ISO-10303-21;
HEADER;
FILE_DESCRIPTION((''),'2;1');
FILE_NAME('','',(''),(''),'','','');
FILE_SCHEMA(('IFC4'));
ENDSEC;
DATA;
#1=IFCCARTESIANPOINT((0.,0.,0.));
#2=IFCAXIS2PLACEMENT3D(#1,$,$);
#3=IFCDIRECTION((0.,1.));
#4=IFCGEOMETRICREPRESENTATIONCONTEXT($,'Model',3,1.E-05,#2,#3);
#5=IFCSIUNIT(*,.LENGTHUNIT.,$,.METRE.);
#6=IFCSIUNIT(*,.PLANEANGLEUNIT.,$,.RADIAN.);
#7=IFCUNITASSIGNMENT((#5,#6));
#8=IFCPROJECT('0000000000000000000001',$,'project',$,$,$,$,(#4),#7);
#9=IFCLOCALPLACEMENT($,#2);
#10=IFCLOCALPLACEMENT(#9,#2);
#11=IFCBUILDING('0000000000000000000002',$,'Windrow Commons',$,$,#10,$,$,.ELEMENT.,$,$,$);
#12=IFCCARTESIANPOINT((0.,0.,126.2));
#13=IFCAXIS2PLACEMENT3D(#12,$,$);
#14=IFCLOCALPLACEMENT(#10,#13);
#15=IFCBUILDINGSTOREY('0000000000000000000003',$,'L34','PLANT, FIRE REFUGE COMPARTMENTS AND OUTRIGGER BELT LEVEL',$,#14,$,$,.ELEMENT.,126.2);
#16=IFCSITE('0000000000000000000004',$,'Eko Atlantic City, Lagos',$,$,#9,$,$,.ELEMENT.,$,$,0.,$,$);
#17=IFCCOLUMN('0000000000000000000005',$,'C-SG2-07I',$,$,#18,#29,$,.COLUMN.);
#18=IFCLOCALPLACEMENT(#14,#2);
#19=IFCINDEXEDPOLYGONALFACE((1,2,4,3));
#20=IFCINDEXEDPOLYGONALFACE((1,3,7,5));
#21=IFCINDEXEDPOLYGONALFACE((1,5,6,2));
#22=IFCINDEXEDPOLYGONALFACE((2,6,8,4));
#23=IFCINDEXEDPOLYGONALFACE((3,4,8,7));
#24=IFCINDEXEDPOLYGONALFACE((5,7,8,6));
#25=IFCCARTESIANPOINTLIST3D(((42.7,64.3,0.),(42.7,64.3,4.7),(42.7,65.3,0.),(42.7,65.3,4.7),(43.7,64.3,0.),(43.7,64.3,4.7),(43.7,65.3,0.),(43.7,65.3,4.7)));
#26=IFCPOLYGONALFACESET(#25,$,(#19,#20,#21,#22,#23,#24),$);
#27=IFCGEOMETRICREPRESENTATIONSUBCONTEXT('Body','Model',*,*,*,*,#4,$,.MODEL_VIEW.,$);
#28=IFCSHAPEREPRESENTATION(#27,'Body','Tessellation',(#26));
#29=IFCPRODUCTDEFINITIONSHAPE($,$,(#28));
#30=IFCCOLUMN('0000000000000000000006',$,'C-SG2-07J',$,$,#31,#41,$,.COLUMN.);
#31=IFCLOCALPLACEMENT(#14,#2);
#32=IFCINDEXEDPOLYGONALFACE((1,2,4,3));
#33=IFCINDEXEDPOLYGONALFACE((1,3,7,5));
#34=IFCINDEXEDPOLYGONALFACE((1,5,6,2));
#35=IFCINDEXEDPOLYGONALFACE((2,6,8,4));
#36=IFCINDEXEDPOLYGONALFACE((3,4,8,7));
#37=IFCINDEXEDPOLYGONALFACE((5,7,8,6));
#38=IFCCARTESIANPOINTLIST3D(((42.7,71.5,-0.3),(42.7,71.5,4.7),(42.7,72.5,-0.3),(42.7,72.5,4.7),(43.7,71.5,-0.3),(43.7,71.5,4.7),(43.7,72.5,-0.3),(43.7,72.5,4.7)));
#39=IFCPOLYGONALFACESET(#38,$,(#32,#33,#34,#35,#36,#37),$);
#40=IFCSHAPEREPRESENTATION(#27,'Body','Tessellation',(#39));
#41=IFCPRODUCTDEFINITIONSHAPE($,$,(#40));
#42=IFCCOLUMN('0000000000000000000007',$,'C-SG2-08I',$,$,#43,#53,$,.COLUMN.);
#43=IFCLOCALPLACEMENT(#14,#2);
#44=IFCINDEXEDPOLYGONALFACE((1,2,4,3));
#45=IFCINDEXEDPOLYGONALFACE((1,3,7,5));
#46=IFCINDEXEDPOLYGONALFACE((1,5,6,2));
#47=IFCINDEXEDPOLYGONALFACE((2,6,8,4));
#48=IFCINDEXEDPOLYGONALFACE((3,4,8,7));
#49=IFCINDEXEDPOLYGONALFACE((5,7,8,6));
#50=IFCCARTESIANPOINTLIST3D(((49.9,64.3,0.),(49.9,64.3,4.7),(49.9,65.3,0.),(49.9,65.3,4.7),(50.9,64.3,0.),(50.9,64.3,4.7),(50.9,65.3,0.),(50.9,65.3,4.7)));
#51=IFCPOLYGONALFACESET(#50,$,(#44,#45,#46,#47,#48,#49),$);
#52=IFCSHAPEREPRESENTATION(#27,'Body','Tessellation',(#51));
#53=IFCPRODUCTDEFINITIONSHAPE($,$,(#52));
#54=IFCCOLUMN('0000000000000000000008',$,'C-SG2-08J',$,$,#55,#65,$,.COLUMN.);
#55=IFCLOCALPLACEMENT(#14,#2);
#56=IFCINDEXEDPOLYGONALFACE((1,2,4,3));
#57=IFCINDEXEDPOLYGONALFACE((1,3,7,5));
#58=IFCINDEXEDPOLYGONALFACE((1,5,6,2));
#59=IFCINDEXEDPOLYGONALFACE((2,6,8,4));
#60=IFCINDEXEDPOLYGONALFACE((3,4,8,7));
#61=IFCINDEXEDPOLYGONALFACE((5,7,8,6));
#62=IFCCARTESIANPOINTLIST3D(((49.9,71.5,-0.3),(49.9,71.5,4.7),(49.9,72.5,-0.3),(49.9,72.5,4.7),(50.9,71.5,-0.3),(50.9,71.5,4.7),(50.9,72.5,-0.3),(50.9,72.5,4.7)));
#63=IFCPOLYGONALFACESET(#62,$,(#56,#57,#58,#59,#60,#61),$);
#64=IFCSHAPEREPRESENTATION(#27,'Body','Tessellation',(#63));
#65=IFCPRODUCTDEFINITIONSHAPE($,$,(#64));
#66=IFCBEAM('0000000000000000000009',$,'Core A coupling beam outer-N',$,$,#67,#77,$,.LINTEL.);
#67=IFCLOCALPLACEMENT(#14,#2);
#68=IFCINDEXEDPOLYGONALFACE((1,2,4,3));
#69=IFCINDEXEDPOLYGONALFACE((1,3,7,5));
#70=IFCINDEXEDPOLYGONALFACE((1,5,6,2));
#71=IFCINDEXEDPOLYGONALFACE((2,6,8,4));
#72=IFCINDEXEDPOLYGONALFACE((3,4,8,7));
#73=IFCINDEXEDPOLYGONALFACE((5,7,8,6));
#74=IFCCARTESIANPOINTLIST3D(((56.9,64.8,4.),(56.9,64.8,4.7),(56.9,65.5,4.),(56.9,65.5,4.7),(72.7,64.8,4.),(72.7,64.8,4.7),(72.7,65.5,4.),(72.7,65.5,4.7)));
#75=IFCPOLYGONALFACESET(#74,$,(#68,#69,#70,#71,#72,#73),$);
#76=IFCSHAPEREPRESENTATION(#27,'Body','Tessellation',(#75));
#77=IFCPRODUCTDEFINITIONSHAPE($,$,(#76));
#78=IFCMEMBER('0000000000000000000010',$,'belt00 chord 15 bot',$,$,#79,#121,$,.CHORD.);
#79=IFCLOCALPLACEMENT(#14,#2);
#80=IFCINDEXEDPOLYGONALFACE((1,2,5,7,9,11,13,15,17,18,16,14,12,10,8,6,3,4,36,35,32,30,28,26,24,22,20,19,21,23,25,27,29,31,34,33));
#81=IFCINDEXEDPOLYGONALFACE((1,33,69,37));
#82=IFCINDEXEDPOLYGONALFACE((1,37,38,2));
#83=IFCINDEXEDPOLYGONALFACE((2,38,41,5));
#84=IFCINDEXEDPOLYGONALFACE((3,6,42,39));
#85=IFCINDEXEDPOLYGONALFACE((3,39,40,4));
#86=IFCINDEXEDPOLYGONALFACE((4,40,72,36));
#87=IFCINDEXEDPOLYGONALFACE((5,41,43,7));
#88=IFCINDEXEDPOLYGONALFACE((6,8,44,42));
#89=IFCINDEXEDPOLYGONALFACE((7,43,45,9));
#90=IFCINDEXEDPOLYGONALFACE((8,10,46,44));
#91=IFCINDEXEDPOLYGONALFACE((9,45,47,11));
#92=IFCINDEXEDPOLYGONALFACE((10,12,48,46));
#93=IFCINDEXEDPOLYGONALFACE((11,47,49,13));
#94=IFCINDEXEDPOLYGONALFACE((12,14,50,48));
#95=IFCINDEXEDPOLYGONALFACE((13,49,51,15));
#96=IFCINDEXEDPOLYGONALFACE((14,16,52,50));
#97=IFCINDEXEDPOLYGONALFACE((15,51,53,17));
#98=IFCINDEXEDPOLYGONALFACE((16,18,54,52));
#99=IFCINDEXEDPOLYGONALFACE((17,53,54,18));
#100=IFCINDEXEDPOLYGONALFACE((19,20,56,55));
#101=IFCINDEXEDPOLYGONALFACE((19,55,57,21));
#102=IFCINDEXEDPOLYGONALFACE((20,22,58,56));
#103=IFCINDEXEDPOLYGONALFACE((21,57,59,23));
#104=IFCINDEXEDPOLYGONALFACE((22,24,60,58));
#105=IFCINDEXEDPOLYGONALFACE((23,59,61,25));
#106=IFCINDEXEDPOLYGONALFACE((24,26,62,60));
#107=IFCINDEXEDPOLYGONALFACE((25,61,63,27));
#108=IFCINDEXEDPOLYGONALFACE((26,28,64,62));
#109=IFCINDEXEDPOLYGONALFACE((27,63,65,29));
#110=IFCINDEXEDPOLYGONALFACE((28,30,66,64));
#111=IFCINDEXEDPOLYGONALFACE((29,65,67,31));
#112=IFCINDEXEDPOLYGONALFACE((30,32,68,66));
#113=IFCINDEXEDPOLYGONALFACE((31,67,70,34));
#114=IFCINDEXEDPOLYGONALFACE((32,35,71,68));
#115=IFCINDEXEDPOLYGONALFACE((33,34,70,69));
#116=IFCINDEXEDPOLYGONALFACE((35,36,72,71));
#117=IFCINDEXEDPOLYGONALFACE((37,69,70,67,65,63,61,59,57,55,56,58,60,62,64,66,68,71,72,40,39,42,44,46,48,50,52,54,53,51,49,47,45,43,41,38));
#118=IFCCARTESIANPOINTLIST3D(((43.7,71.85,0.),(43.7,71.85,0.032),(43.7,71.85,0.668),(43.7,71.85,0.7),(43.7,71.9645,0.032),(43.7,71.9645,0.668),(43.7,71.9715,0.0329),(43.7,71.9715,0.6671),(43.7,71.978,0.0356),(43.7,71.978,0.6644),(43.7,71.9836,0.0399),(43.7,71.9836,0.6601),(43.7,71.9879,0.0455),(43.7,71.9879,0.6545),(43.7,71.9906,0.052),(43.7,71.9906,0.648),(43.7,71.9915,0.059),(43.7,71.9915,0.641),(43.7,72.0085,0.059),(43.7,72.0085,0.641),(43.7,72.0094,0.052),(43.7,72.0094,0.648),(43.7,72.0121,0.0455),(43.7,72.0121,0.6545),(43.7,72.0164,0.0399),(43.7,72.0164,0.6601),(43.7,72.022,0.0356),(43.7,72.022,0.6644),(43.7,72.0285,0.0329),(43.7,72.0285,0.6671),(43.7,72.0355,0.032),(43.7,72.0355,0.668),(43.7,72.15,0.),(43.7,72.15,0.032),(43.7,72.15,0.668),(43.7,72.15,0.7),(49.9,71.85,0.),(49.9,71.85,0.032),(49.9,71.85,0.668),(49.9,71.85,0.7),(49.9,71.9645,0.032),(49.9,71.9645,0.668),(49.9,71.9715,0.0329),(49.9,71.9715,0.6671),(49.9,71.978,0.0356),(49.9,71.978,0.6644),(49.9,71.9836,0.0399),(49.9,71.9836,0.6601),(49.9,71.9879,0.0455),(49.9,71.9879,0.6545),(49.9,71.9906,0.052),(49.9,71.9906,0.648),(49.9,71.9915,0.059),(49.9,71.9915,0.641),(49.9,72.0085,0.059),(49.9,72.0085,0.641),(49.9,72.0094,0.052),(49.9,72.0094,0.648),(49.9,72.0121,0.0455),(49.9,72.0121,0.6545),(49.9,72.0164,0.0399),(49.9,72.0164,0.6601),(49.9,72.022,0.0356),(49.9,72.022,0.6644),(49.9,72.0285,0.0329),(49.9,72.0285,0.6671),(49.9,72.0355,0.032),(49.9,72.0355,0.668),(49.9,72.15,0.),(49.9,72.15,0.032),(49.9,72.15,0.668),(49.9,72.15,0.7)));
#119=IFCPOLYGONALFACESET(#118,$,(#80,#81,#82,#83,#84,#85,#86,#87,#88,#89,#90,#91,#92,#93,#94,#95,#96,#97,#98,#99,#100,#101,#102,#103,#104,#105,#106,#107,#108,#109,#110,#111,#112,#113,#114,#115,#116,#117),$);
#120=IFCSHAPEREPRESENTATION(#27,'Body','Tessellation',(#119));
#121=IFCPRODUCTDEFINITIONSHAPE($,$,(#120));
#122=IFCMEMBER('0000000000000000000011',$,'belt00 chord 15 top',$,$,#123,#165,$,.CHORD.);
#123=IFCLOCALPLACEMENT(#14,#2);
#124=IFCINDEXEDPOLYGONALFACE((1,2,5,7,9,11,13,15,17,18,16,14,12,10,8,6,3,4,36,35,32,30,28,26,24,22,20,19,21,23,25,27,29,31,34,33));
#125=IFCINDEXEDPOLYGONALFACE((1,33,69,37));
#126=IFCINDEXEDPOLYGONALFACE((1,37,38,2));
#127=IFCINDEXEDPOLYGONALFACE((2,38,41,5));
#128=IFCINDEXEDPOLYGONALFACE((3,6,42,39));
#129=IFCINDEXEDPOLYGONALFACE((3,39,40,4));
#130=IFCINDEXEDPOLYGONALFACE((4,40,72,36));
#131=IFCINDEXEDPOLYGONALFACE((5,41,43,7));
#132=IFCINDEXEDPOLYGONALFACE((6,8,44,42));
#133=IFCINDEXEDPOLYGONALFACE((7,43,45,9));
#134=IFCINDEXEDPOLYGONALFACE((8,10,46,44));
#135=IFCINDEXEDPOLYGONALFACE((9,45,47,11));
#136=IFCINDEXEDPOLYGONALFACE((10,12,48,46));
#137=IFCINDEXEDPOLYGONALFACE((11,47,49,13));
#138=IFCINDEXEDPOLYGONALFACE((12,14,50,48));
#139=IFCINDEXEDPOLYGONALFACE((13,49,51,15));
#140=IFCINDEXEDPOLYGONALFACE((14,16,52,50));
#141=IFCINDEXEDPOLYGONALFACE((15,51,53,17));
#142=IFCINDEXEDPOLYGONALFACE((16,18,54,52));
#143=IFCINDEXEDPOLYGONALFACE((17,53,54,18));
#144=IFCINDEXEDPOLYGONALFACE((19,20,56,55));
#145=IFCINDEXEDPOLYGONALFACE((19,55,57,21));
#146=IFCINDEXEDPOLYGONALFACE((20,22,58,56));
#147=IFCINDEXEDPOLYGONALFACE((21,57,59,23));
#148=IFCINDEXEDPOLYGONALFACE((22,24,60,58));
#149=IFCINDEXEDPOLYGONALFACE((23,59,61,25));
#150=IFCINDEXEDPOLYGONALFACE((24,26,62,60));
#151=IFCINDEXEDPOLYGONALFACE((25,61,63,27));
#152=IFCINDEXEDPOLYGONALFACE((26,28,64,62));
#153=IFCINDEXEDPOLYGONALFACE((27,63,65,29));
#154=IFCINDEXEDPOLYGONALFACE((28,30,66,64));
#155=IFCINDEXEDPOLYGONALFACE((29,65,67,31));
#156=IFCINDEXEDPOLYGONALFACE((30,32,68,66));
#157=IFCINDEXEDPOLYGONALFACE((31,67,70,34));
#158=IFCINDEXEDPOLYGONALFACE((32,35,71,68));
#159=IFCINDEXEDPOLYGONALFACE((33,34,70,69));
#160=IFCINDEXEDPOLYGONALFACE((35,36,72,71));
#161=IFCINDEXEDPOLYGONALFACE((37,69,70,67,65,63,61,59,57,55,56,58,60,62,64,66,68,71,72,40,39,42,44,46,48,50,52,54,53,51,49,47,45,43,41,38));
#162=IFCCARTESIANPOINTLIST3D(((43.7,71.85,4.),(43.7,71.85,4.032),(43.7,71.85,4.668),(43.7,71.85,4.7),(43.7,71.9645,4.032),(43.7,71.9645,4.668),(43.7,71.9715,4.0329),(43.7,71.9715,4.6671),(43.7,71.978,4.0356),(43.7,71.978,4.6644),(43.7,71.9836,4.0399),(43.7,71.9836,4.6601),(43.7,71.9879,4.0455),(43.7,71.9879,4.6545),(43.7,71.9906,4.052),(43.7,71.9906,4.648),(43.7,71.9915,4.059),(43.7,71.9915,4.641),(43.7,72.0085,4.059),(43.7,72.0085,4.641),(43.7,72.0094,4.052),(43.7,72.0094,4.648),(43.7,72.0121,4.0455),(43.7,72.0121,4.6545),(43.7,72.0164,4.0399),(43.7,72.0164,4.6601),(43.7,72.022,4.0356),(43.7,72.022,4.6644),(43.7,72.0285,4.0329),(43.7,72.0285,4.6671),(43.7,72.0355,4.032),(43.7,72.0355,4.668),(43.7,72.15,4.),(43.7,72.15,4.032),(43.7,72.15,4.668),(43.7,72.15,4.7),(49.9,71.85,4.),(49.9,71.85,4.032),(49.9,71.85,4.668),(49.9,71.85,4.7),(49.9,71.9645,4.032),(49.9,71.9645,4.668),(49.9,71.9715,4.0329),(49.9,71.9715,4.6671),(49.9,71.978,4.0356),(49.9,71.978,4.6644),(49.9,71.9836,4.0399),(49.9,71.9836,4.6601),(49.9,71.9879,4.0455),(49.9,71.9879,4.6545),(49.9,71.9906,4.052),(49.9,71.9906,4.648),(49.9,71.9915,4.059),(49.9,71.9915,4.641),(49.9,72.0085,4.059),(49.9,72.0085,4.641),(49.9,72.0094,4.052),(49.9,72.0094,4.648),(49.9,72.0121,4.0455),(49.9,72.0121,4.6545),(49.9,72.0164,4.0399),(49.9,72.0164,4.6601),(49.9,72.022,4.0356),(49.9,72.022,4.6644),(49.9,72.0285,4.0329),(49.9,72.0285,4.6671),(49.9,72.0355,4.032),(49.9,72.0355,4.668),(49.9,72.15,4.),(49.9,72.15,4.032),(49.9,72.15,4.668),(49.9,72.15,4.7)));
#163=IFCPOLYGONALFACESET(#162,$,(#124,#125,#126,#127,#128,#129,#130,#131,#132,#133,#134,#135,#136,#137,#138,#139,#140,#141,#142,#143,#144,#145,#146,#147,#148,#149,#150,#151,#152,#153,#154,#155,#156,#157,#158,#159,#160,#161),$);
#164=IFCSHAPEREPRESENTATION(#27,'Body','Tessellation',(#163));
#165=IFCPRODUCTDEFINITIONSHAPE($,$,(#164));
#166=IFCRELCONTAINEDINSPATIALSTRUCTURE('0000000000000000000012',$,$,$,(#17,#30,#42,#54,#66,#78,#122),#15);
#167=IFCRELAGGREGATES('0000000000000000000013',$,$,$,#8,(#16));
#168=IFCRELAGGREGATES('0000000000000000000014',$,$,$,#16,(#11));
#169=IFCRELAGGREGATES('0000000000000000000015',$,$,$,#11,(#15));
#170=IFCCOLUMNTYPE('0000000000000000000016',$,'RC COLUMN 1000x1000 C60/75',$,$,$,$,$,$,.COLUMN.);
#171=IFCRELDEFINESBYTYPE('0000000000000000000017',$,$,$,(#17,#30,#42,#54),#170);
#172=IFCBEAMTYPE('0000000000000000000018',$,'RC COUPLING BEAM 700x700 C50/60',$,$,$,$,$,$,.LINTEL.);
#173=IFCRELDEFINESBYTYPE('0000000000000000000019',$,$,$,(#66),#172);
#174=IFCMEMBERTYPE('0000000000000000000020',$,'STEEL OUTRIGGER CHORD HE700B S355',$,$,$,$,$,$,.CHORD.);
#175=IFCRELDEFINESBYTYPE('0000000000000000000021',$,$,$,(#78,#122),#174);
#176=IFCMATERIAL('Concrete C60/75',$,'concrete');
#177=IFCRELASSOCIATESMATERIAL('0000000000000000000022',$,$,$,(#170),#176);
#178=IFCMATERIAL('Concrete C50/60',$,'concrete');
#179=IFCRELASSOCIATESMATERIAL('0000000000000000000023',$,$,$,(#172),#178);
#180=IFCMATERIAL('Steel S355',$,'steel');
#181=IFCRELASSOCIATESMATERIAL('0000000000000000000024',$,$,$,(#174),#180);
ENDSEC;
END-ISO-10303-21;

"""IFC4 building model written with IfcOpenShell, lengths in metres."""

from ifc_helpers import new_model, si_unit, direction, frame, origin, origin_2d, place, context, subcontext, project, spatial, rectangle, i_section, extrude, material, material_profile, profile_set, type_object, element, save


model = new_model("IFC4")

# Units and contexts
model_context = context("Model", 3, precision=1e-05, world=origin(), true_north=direction((0.0, 1.0)))
body_context = subcontext(model_context, "Body", "Model", "MODEL_VIEW")
ifc_project = project(units=[si_unit("LENGTHUNIT", "METRE"), si_unit("PLANEANGLEUNIT", "RADIAN")], contexts=[model_context])

# Site, building, storey
site_placement = place(None, origin())
site = spatial("IfcSite", under=ifc_project, at=site_placement, Name="Eko Atlantic City, Lagos", CompositionType="ELEMENT", RefElevation=0.0)
building_placement = place(site_placement, origin())
building = spatial("IfcBuilding", under=site, at=building_placement, Name="Windrow Commons", CompositionType="ELEMENT")
storey_placement = place(building_placement, frame((0.0, 0.0, 126.2)))
storey = spatial("IfcBuildingStorey", under=building, at=storey_placement, Name="L34", Description="PLANT, FIRE REFUGE COMPARTMENTS AND OUTRIGGER BELT LEVEL", CompositionType="ELEMENT", Elevation=126.2)

# Columns
ifc_material_1 = material(Name="Concrete C60/75", Category="concrete")
ifc_material_profile_1 = material_profile(ifc_material_1, rectangle(XDim=1.0, YDim=1.0, at=origin_2d()))
ifc_profile_set_1 = profile_set([ifc_material_profile_1], Name="Concrete C60/75")
column_type = type_object("IfcColumnType", Name="RC COLUMN 1000x1000 C60/75", PredefinedType="COLUMN", material=ifc_profile_set_1)
column_1_placement = place(storey_placement, frame((43.2, 64.8, 0.0), z_axis=(0.0, 0.0, 1.0), x_axis=(1.0, 0.0, 0.0)))
element("IfcColumn", 1, at=column_1_placement, inside=storey, type_object=column_type, Name="C-SG2-07I", PredefinedType="COLUMN", context=body_context, shape_type="SweptSolid", body=[
    extrude(rectangle(XDim=1.0, YDim=1.0, at=origin_2d()), origin(), (0.0, 0.0, 1.0), 4.7),
])
column_2_placement = place(storey_placement, frame((43.2, 72.0, -0.3), z_axis=(0.0, 0.0, 1.0), x_axis=(1.0, 0.0, 0.0)))
element("IfcColumn", 2, at=column_2_placement, inside=storey, type_object=column_type, Name="C-SG2-07J", PredefinedType="COLUMN", context=body_context, shape_type="SweptSolid", body=[
    extrude(rectangle(XDim=1.0, YDim=1.0, at=origin_2d()), origin(), (0.0, 0.0, 1.0), 5.0),
])
column_3_placement = place(storey_placement, frame((50.4, 64.8, 0.0), z_axis=(0.0, 0.0, 1.0), x_axis=(1.0, 0.0, 0.0)))
element("IfcColumn", 3, at=column_3_placement, inside=storey, type_object=column_type, Name="C-SG2-08I", PredefinedType="COLUMN", context=body_context, shape_type="SweptSolid", body=[
    extrude(rectangle(XDim=1.0, YDim=1.0, at=origin_2d()), origin(), (0.0, 0.0, 1.0), 4.7),
])
column_4_placement = place(storey_placement, frame((50.4, 72.0, -0.3), z_axis=(0.0, 0.0, 1.0), x_axis=(1.0, 0.0, 0.0)))
element("IfcColumn", 4, at=column_4_placement, inside=storey, type_object=column_type, Name="C-SG2-08J", PredefinedType="COLUMN", context=body_context, shape_type="SweptSolid", body=[
    extrude(rectangle(XDim=1.0, YDim=1.0, at=origin_2d()), origin(), (0.0, 0.0, 1.0), 5.0),
])

# Beam
ifc_material_2 = material(Name="Concrete C50/60", Category="concrete")
ifc_material_profile_2 = material_profile(ifc_material_2, rectangle(XDim=0.7, YDim=0.7, at=origin_2d()))
ifc_profile_set_2 = profile_set([ifc_material_profile_2], Name="Concrete C50/60")
beam_type = type_object("IfcBeamType", Name="RC COUPLING BEAM 700x700 C50/60", PredefinedType="LINTEL", material=ifc_profile_set_2)
beam_placement = place(storey_placement, frame((56.9, 65.15, 4.35), z_axis=(1.0, 0.0, 0.0), x_axis=(0.0, 1.0, 0.0)))
element("IfcBeam", 5, at=beam_placement, inside=storey, type_object=beam_type, Name="Core A coupling beam outer-N", PredefinedType="LINTEL", context=body_context, shape_type="SweptSolid", body=[
    extrude(rectangle(XDim=0.7, YDim=0.7, at=origin_2d()), origin(), (0.0, 0.0, 1.0), 15.8),
])

# Members
ifc_material_3 = material(Name="Steel S355", Category="steel")
ifc_material_profile_3 = material_profile(ifc_material_3, i_section(OverallWidth=0.3, OverallDepth=0.7, WebThickness=0.017, FlangeThickness=0.032, FilletRadius=0.027, at=origin_2d()))
ifc_profile_set_3 = profile_set([ifc_material_profile_3], Name="Steel S355")
member_type_1 = type_object("IfcMemberType", Name="STEEL OUTRIGGER CHORD HE700B S355", PredefinedType="CHORD", material=ifc_profile_set_3)
for number, where, z_axis, x_axis, name in (
    (6, (43.7, 72.0, 0.35), (1.0, 0.0, 0.0), (0.0, 1.0, 0.0), "belt00 chord 15 bot"),
    (7, (43.7, 72.0, 4.35), (1.0, 0.0, 0.0), (0.0, 1.0, 0.0), "belt00 chord 15 top"),
):
    element("IfcMember", number, at=place(storey_placement, frame(where, z_axis=z_axis, x_axis=x_axis)), inside=storey, type_object=member_type_1, Name=name, PredefinedType="CHORD", context=body_context, shape_type="SweptSolid", body=[
        extrude(i_section(OverallWidth=0.3, OverallDepth=0.7, WebThickness=0.017, FlangeThickness=0.032, FilletRadius=0.027, at=origin_2d()), origin(), (0.0, 0.0, 1.0), 6.2),
    ])

save(model, "model.ifc")
